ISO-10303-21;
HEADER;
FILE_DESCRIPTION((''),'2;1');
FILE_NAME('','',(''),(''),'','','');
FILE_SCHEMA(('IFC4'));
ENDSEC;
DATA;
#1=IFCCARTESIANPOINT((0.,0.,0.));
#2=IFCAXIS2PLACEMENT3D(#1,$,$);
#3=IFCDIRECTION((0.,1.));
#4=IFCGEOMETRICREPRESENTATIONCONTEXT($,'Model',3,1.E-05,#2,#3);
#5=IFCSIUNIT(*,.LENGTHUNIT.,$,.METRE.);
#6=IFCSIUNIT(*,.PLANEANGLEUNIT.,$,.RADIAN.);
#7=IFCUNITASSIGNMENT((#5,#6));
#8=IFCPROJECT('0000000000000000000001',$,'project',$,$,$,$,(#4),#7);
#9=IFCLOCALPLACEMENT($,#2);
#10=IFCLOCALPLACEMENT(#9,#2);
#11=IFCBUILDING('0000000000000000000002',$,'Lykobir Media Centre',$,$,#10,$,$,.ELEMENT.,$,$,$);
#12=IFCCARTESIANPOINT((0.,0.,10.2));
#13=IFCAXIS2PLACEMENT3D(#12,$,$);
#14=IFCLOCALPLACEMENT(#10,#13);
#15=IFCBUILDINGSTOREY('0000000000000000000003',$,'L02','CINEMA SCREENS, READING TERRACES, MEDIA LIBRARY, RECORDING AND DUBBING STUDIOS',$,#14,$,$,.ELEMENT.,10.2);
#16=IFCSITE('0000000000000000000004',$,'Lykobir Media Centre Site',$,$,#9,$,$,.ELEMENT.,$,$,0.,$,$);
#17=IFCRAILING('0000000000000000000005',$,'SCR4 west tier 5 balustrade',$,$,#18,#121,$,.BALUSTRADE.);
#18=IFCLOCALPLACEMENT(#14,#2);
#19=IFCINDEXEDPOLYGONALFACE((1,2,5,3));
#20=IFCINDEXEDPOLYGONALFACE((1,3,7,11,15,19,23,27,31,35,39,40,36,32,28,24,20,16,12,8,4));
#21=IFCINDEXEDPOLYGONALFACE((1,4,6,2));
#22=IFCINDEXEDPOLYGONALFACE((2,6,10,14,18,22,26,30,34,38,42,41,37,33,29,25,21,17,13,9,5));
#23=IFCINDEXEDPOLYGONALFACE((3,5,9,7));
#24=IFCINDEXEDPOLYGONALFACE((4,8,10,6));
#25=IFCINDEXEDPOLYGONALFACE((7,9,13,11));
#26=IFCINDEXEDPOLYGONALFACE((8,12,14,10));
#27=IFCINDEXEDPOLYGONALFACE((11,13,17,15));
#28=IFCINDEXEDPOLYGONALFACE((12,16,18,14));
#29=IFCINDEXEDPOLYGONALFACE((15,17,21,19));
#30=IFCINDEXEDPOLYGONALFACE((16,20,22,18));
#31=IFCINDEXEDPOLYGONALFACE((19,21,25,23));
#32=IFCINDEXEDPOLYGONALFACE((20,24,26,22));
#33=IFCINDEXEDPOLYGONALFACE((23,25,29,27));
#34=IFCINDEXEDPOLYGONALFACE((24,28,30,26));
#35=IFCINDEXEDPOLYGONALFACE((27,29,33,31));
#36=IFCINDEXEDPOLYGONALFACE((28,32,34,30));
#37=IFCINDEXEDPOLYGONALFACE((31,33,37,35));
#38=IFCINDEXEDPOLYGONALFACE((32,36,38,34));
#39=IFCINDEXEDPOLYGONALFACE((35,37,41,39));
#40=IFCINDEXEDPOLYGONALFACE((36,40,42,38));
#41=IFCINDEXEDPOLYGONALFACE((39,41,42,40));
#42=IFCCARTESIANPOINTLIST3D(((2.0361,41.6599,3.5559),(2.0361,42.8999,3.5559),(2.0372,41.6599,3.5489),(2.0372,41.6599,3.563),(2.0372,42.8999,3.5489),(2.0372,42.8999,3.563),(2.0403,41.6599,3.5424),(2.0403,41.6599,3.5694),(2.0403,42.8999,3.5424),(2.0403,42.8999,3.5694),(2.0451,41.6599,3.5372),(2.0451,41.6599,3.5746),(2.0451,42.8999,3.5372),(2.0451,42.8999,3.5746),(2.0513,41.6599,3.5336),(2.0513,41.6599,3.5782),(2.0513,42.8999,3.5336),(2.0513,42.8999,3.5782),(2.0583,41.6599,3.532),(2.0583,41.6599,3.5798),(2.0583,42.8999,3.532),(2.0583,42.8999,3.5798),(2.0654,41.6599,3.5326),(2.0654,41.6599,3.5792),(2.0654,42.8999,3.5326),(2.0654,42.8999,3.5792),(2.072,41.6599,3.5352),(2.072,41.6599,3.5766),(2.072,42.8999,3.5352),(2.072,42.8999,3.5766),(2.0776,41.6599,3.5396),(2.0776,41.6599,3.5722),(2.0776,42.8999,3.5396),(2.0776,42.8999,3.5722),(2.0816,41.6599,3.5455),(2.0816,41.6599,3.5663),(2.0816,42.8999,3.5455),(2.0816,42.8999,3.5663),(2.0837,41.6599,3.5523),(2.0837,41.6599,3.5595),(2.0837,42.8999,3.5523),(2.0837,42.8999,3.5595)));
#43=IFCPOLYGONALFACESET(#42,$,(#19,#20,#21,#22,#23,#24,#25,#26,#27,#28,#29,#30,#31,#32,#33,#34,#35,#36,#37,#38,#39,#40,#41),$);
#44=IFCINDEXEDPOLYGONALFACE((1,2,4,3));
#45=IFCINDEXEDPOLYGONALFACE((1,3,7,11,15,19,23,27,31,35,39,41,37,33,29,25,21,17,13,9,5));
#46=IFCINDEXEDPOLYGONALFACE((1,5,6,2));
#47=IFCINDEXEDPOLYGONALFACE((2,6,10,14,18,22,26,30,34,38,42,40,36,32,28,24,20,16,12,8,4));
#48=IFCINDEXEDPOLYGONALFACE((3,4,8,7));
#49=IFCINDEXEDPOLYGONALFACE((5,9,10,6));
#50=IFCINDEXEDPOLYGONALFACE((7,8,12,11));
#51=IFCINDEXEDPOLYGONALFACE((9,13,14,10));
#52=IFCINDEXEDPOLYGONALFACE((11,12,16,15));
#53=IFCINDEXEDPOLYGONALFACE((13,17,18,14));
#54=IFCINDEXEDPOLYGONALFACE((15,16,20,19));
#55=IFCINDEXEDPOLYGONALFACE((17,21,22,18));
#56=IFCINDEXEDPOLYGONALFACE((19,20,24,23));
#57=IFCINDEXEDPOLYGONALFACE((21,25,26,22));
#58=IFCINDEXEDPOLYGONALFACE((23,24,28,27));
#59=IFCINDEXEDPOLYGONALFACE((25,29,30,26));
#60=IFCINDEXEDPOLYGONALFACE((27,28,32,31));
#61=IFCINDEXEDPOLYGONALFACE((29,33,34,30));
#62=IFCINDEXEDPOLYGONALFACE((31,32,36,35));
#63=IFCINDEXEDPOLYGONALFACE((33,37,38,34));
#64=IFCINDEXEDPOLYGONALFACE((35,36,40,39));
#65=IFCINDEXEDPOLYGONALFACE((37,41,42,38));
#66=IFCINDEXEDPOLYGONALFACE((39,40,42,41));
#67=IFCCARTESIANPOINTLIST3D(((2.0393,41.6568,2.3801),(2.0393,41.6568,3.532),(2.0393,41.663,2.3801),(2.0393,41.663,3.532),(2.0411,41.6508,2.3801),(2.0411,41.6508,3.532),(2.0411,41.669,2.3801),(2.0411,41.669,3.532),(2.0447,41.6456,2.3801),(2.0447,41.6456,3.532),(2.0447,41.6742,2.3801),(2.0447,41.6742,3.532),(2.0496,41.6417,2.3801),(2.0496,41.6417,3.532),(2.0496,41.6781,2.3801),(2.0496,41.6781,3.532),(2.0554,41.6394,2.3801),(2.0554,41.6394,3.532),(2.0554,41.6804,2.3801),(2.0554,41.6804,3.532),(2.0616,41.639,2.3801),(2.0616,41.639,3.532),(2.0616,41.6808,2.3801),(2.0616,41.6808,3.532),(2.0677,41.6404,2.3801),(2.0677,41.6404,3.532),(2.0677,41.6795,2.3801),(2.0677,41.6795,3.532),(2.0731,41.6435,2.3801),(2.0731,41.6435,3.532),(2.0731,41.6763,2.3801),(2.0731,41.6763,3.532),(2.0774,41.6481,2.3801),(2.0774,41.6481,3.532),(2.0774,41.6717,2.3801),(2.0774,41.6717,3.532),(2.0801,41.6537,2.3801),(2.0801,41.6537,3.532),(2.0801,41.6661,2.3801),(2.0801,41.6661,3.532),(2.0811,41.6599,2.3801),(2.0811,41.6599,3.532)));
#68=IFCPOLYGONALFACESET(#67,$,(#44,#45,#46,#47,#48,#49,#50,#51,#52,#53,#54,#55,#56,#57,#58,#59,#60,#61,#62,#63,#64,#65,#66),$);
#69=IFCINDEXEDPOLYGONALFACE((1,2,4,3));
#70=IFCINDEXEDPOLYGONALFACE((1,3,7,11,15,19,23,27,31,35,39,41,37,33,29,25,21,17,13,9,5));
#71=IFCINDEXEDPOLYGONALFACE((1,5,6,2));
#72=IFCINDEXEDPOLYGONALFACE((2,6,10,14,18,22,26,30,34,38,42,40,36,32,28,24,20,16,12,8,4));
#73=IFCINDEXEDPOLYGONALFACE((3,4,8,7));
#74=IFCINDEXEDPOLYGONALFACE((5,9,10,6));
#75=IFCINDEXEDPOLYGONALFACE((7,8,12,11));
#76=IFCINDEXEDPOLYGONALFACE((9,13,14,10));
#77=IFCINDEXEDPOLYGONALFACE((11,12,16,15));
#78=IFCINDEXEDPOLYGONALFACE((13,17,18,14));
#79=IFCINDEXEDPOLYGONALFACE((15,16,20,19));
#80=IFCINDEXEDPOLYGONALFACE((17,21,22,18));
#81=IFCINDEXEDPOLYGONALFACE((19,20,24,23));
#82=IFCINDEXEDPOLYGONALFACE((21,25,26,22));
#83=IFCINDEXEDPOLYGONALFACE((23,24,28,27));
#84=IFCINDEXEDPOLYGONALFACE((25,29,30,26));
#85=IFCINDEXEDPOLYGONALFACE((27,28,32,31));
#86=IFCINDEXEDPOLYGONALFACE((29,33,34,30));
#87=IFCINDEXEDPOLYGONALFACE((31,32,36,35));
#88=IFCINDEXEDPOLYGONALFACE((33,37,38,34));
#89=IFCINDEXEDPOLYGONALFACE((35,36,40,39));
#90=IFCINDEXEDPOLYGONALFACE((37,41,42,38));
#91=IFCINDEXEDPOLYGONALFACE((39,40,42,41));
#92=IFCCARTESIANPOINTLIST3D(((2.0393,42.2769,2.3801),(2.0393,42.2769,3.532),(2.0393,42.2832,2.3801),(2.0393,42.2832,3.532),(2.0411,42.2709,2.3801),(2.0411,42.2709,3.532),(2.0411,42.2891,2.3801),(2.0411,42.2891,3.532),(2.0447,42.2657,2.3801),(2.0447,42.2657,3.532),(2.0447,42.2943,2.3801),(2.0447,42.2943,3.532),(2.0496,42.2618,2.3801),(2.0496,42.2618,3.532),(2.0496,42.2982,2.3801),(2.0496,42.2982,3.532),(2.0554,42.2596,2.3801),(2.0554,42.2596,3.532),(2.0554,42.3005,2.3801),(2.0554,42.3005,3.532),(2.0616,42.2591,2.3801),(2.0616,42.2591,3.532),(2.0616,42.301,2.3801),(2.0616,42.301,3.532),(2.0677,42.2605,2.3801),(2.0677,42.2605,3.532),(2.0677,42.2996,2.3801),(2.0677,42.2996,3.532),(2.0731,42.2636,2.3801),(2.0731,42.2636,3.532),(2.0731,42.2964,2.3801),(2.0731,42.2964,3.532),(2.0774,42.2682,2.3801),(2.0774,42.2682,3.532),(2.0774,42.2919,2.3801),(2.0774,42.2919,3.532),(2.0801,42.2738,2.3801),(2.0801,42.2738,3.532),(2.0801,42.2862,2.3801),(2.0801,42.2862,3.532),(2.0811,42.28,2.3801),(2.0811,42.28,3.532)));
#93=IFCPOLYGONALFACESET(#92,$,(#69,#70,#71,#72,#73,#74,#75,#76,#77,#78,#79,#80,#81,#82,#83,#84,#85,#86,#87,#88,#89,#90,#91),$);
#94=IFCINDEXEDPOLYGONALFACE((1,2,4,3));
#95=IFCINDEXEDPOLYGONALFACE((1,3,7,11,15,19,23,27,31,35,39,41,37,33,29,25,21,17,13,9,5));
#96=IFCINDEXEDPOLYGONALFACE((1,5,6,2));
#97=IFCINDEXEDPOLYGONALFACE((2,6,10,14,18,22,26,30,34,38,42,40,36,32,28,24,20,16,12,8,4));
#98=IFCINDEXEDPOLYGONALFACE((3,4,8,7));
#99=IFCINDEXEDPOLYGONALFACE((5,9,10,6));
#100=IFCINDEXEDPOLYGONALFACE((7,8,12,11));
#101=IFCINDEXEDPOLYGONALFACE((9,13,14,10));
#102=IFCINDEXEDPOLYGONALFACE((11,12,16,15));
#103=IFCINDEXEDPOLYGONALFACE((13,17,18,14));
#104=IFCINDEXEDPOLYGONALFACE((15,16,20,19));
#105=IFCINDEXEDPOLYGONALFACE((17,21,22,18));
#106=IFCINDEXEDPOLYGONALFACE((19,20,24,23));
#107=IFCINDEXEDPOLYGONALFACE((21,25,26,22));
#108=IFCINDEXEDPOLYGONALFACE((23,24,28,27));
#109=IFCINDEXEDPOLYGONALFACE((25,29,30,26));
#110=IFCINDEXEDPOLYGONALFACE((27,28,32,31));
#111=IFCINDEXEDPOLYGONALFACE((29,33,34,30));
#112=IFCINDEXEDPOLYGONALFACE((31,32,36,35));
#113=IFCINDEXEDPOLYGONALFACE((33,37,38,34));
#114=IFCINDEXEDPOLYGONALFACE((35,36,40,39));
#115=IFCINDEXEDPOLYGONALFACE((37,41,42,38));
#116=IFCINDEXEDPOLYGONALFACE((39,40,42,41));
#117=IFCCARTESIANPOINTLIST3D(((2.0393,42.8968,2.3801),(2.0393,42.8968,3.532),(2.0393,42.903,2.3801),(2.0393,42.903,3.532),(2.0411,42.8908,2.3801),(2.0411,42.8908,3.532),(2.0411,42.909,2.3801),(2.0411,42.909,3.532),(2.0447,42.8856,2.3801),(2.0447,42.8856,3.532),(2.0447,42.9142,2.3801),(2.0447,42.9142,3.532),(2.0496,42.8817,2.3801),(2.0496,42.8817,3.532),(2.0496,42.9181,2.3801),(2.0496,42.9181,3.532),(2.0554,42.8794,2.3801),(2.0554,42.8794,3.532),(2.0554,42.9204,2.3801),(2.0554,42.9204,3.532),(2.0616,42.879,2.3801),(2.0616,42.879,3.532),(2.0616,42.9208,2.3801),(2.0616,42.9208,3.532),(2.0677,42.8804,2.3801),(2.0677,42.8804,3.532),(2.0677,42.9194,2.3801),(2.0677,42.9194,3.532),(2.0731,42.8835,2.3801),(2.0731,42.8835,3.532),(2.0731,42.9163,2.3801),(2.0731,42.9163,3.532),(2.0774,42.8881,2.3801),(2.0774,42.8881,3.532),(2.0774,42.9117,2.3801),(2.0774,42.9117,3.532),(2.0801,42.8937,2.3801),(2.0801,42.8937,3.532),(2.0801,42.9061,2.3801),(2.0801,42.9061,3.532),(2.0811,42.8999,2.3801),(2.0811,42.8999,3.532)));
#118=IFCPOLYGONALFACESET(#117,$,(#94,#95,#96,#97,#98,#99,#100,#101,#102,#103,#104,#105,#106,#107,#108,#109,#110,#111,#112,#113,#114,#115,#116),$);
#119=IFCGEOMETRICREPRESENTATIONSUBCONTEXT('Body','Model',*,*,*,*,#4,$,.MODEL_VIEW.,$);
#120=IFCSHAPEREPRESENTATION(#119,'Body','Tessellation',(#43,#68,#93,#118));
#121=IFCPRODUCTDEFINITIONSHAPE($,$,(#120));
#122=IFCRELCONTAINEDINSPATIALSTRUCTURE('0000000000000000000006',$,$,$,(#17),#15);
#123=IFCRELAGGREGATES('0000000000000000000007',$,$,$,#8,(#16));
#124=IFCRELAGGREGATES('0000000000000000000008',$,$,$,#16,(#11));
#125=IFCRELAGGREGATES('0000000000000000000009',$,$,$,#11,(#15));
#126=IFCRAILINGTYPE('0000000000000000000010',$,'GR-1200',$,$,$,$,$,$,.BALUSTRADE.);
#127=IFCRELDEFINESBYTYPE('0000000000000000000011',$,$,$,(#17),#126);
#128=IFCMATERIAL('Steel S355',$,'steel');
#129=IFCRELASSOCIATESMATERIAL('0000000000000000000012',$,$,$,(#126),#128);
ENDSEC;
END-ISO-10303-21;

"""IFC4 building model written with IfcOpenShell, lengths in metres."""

from ifc_helpers import new_model, si_unit, direction, frame, origin, origin_2d, place, context, subcontext, project, spatial, circle, extrude, material, type_object, element, save


model = new_model("IFC4")

# Units and contexts
model_context = context("Model", 3, precision=1e-05, world=origin(), true_north=direction((0.0, 1.0)))
body_context = subcontext(model_context, "Body", "Model", "MODEL_VIEW")
ifc_project = project(units=[si_unit("LENGTHUNIT", "METRE"), si_unit("PLANEANGLEUNIT", "RADIAN")], contexts=[model_context])

# Site, building, storey
site_placement = place(None, origin())
site = spatial("IfcSite", under=ifc_project, at=site_placement, Name="Lykobir Media Centre Site", CompositionType="ELEMENT", RefElevation=0.0)
building_placement = place(site_placement, origin())
building = spatial("IfcBuilding", under=site, at=building_placement, Name="Lykobir Media Centre", CompositionType="ELEMENT")
storey_placement = place(building_placement, frame((0.0, 0.0, 10.2)))
storey = spatial("IfcBuildingStorey", under=building, at=storey_placement, Name="L02", Description="CINEMA SCREENS, READING TERRACES, MEDIA LIBRARY, RECORDING AND DUBBING STUDIOS", CompositionType="ELEMENT", Elevation=10.2)

# Shared definitions
ifc_material_1 = material(Name="Steel S355", Category="steel")

# Railing
railing_type = type_object("IfcRailingType", Name="GR-1200", PredefinedType="BALUSTRADE", material=ifc_material_1)
for number, where, name in (
    (1, (2.0601, 41.6599, 2.3801), "SCR4 west tier 5 balustrade"),
):
    element("IfcRailing", number, at=place(storey_placement, frame(where)), inside=storey, type_object=railing_type, Name=name, PredefinedType="BALUSTRADE", context=body_context, shape_type="SweptSolid", body=[
        extrude(circle(Radius=0.0239, at=origin_2d()), frame((0.0, 0.0, 1.1758), z_axis=(0.0, 1.0, 0.0), x_axis=(-1.0, 0.0, 0.0)), (0.0, 0.0, 1.0), 1.24),
        extrude(circle(Radius=0.021, at=origin_2d()), origin(), (0.0, 0.0, 1.0), 1.1519),
        extrude(circle(Radius=0.021, at=origin_2d()), frame((0.0, 0.6201, 0.0)), (0.0, 0.0, 1.0), 1.1519),
        extrude(circle(Radius=0.021, at=origin_2d()), frame((0.0, 1.24, 0.0)), (0.0, 0.0, 1.0), 1.1519),
    ])

save(model, "model.ifc")
